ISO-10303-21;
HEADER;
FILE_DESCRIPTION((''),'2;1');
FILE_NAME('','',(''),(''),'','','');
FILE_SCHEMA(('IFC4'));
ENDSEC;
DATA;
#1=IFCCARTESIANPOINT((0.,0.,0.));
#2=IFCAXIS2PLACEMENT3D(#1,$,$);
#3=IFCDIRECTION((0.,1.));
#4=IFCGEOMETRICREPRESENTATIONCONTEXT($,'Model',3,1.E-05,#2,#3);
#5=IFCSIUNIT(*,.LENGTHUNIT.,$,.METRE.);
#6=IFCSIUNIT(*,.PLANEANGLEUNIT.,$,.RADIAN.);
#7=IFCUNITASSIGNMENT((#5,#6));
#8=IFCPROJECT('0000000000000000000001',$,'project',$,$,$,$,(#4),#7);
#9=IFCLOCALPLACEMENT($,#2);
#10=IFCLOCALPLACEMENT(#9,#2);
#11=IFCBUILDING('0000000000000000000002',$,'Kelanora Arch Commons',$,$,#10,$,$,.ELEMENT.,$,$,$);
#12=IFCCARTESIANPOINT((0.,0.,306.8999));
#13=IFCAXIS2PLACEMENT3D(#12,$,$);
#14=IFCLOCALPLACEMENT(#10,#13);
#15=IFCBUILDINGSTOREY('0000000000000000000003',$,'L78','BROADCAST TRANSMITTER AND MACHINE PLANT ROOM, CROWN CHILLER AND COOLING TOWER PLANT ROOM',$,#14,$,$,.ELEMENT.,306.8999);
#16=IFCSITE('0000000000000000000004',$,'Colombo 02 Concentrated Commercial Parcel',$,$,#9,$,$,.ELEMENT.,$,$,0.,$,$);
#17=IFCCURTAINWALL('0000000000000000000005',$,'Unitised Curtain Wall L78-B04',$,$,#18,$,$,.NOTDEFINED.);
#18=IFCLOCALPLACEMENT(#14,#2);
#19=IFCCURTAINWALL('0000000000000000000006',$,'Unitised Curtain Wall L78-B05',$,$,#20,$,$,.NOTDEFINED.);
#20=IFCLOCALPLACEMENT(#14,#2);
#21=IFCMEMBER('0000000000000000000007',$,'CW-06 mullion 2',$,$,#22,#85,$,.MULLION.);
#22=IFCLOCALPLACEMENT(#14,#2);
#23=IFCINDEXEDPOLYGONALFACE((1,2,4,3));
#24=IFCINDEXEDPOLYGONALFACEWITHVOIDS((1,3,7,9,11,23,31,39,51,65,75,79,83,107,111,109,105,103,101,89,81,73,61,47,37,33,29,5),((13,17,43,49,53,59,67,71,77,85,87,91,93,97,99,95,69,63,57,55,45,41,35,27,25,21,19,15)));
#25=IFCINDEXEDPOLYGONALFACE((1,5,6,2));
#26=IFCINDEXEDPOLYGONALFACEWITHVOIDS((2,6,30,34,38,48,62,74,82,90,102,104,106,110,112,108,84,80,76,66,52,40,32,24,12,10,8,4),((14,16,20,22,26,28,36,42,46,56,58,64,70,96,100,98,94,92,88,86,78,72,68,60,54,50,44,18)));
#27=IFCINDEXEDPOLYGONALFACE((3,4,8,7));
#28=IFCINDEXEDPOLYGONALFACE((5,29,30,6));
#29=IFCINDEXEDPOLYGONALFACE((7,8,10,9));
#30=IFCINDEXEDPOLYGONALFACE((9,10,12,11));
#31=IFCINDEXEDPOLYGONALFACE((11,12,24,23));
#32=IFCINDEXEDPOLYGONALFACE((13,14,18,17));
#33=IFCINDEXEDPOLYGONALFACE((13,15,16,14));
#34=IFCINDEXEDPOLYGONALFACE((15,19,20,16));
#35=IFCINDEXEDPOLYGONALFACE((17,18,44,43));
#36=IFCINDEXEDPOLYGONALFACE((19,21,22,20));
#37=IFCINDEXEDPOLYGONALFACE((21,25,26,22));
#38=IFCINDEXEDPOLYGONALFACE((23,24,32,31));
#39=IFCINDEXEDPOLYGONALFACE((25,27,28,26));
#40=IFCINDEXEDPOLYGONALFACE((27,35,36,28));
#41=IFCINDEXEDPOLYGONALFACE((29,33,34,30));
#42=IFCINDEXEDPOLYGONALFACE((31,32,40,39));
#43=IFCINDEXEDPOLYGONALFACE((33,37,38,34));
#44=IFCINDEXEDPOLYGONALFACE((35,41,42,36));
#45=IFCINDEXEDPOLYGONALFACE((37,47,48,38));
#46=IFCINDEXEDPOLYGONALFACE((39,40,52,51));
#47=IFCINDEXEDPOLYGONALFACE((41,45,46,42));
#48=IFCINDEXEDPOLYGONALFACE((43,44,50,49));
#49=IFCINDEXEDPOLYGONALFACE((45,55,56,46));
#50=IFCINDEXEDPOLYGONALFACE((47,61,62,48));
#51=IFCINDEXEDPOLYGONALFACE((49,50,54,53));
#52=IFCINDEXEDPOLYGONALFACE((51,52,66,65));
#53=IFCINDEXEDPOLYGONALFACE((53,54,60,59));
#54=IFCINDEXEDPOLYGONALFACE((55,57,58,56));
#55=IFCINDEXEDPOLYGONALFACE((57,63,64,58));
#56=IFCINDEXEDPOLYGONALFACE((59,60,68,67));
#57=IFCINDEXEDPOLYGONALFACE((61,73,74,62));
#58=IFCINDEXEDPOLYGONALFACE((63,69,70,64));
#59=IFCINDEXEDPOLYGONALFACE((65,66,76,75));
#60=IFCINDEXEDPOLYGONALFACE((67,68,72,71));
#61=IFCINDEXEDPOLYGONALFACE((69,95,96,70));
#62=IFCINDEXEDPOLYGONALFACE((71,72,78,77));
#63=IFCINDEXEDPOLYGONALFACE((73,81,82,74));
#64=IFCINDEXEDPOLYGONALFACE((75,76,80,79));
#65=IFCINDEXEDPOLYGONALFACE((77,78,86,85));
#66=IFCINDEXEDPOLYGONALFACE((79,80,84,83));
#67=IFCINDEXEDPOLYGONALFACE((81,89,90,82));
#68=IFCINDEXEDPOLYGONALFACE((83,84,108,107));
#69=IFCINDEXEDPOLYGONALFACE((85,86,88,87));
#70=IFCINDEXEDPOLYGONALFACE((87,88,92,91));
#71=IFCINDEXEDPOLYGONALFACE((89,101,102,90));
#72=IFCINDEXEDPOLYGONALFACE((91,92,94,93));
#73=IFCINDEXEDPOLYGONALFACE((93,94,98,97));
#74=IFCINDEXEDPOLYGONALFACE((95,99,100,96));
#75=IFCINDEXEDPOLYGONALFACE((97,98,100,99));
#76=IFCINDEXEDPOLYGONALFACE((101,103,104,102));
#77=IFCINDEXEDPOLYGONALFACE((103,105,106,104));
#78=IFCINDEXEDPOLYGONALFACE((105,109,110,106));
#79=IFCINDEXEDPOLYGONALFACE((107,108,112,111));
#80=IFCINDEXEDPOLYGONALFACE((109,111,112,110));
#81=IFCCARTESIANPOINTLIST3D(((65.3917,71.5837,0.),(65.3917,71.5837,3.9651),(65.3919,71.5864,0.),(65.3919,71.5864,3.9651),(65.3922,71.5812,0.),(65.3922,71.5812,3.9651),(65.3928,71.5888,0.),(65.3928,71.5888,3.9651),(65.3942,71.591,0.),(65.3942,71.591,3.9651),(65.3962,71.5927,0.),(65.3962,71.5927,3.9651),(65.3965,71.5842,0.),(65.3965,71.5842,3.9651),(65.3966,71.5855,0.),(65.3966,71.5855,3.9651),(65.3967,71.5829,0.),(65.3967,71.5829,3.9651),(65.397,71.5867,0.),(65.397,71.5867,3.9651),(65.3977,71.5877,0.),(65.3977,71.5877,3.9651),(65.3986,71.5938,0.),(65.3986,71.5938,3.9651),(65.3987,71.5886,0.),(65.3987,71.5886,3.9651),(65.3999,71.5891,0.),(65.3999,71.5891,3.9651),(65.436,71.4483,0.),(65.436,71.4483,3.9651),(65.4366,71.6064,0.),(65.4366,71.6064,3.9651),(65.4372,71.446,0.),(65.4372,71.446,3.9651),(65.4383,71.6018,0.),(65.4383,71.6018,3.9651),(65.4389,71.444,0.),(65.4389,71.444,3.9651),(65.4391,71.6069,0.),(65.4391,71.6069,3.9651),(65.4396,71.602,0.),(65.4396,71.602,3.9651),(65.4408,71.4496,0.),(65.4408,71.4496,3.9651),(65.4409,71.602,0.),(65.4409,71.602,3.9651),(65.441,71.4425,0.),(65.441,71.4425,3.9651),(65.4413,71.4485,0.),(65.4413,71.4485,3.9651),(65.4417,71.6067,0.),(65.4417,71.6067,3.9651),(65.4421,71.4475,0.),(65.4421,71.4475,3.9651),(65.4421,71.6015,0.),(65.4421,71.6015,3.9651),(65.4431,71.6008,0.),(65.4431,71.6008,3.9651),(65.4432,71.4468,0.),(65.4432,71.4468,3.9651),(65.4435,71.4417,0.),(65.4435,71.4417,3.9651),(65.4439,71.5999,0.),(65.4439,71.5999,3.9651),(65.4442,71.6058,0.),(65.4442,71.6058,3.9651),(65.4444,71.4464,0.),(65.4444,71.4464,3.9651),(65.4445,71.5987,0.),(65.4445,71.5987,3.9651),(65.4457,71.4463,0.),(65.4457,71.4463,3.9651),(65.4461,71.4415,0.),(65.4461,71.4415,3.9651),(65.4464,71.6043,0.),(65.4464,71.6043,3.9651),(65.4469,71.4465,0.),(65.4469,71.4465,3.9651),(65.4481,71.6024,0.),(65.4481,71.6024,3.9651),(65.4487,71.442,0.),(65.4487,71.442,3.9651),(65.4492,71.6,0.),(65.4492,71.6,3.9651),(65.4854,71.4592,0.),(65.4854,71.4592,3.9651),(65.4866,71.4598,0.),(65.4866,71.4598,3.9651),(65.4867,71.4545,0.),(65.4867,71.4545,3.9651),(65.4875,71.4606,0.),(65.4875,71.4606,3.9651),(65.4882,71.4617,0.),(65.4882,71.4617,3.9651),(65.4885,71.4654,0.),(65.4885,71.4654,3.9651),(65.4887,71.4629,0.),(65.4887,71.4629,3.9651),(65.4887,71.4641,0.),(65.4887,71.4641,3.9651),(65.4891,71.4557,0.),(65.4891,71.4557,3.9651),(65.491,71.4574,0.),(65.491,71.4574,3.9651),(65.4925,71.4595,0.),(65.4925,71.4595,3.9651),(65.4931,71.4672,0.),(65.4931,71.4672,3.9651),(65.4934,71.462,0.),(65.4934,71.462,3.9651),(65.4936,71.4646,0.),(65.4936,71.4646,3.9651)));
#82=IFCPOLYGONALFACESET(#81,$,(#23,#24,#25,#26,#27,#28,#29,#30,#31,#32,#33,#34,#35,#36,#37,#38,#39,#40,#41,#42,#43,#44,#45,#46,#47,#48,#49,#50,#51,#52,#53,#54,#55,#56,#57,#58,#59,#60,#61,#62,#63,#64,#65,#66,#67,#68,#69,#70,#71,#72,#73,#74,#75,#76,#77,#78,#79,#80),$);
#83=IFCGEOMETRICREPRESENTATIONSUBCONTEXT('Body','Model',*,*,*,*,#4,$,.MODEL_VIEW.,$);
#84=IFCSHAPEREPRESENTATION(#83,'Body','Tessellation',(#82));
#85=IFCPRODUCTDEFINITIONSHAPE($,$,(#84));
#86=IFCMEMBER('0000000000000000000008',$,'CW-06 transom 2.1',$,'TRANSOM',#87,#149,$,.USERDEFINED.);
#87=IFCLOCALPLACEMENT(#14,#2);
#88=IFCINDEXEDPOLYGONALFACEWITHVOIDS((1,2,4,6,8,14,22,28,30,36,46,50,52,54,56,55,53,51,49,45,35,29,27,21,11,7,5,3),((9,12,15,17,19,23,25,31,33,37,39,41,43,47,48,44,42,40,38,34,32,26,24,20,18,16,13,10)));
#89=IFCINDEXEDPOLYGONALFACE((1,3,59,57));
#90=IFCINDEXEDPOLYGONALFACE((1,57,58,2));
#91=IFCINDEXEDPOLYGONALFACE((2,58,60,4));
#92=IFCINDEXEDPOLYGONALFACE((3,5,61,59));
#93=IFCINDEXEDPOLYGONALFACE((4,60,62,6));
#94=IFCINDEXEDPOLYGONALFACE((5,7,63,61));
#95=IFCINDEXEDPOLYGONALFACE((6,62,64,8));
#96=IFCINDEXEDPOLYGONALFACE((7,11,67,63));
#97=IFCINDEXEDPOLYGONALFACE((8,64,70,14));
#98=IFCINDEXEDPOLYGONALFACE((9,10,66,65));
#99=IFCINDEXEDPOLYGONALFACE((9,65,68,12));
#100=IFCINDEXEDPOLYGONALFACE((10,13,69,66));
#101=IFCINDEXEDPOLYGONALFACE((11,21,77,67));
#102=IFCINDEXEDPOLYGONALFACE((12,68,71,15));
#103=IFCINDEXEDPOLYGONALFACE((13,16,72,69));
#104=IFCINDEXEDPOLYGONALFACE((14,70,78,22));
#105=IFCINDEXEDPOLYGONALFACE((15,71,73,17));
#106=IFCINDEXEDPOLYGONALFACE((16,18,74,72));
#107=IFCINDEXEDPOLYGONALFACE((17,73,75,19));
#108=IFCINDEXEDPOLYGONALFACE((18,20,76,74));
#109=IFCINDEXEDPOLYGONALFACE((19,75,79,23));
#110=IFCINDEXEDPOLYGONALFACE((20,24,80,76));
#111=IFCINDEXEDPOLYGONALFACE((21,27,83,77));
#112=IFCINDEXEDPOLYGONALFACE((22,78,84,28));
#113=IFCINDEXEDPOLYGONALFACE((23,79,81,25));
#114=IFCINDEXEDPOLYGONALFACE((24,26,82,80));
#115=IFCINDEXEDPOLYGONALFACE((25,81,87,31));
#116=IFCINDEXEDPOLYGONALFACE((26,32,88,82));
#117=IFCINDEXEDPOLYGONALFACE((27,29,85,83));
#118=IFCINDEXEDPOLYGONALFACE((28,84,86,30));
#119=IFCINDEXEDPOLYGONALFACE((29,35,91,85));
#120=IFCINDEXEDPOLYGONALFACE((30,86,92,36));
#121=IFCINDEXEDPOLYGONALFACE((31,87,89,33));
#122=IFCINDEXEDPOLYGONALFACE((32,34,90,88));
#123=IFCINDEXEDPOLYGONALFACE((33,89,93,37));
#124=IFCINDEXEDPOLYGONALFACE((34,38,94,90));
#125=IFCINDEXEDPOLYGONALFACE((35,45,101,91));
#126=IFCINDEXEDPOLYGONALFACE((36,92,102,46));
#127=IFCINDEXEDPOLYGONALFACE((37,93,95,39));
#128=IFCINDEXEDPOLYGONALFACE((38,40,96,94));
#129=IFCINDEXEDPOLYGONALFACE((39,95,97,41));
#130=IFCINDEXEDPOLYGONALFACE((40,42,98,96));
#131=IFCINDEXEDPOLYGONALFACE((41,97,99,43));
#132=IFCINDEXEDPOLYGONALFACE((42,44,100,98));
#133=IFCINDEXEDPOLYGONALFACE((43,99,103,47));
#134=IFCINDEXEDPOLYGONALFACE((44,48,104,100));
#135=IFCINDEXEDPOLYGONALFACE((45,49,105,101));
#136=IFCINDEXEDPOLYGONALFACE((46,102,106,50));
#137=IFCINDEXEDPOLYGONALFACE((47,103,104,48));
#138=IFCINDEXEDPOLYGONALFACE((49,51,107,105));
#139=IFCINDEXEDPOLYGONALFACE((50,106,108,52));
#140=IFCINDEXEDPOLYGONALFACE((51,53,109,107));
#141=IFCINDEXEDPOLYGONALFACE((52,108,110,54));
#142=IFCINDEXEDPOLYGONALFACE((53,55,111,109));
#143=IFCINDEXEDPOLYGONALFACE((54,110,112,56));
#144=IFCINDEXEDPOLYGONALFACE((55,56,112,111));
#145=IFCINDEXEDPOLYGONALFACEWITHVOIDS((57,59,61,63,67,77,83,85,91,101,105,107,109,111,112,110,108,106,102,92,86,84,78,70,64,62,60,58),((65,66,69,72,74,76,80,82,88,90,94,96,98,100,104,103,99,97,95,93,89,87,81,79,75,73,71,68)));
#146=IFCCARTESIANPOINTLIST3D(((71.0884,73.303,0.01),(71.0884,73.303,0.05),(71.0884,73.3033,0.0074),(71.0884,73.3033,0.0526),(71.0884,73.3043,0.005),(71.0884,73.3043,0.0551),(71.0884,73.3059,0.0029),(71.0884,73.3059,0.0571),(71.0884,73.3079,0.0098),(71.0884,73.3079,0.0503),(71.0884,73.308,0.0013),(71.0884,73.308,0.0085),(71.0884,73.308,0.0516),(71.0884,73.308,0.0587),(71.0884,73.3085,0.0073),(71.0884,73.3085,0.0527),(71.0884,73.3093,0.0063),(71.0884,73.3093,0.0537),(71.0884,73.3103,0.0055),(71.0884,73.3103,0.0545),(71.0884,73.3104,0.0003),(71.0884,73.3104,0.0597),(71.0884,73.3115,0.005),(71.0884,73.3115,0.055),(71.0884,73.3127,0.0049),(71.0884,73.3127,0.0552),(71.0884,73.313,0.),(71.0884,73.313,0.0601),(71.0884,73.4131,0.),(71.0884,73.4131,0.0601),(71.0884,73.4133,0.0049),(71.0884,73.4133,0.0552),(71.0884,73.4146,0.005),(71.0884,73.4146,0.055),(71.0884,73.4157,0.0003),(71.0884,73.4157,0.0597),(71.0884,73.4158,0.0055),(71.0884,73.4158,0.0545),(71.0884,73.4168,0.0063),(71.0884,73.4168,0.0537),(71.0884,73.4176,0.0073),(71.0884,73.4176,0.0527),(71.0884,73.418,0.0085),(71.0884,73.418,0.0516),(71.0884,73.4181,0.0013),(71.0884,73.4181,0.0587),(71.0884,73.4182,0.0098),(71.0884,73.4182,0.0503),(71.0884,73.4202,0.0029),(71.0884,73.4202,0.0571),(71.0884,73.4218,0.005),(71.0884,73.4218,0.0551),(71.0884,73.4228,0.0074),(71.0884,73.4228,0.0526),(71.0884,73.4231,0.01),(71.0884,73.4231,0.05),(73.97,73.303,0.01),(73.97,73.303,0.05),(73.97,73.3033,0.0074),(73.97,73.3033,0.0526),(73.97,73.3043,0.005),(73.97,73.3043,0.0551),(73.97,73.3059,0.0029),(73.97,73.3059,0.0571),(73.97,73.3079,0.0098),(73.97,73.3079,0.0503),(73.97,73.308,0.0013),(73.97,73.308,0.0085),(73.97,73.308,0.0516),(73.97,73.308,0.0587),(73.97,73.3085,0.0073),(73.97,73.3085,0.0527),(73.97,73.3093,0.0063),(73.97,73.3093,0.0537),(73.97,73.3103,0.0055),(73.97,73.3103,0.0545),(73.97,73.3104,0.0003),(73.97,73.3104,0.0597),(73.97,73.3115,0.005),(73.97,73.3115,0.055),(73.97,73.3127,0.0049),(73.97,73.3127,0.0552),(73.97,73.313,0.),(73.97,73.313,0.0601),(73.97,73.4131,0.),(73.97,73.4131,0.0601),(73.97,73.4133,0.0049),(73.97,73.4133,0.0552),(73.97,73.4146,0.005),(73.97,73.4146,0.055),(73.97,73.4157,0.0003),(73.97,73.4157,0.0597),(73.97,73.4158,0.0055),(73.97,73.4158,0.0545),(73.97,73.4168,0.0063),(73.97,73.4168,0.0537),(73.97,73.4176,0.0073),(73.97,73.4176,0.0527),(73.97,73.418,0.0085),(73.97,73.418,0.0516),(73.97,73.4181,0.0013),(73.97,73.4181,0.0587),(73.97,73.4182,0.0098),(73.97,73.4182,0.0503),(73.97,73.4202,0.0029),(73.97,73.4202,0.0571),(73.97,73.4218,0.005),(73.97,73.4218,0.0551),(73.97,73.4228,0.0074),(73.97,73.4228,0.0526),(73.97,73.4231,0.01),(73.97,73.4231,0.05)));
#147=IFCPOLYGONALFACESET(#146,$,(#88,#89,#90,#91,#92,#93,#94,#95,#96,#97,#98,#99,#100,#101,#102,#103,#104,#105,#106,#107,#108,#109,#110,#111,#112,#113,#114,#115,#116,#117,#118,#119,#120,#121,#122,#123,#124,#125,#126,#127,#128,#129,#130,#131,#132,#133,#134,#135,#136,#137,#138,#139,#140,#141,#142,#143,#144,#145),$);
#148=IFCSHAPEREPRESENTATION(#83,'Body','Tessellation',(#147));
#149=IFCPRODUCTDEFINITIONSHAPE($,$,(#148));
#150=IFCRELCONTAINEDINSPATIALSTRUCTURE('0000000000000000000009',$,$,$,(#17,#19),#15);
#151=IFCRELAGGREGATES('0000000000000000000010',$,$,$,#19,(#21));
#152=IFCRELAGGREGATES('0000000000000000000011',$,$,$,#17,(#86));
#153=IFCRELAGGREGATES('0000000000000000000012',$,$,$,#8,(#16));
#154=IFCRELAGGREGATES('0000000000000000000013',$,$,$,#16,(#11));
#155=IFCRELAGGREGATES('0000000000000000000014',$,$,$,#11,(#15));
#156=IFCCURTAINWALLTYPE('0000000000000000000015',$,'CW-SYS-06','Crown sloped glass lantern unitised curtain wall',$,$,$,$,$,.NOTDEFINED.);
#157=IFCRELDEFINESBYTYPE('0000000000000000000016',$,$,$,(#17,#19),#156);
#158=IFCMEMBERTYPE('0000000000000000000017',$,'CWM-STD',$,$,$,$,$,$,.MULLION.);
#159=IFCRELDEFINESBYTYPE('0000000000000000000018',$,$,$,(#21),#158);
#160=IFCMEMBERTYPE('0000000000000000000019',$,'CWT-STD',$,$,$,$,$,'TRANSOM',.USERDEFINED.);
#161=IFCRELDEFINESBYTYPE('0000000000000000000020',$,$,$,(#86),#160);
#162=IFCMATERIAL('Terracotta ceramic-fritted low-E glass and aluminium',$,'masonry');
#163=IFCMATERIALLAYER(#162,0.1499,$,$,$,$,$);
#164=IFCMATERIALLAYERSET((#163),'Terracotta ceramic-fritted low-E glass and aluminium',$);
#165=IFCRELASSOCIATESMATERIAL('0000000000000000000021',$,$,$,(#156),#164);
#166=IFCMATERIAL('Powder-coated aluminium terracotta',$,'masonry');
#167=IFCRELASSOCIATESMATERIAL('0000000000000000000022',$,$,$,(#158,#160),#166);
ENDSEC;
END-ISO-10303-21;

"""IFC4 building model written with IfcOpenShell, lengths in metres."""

from ifc_helpers import new_model, si_unit, direction, frame, origin, origin_2d, place, context, subcontext, project, spatial, hollow_rectangle, extrude, material, layer, layer_set, material_profile, profile_set, type_object, element, aggregate, save


model = new_model("IFC4")

# Units and contexts
model_context = context("Model", 3, precision=1e-05, world=origin(), true_north=direction((0.0, 1.0)))
body_context = subcontext(model_context, "Body", "Model", "MODEL_VIEW")
ifc_project = project(units=[si_unit("LENGTHUNIT", "METRE"), si_unit("PLANEANGLEUNIT", "RADIAN")], contexts=[model_context])

# Site, building, storey
site_placement = place(None, origin())
site = spatial("IfcSite", under=ifc_project, at=site_placement, Name="Colombo 02 Concentrated Commercial Parcel", CompositionType="ELEMENT", RefElevation=0.0)
building_placement = place(site_placement, origin())
building = spatial("IfcBuilding", under=site, at=building_placement, Name="Kelanora Arch Commons", CompositionType="ELEMENT")
storey_placement = place(building_placement, frame((0.0, 0.0, 306.8999)))
storey = spatial("IfcBuildingStorey", under=building, at=storey_placement, Name="L78", Description="BROADCAST TRANSMITTER AND MACHINE PLANT ROOM, CROWN CHILLER AND COOLING TOWER PLANT ROOM", CompositionType="ELEMENT", Elevation=306.8999)

# Curtain wall
ifc_material_1 = material(Name="Terracotta ceramic-fritted low-E glass and aluminium", Category="masonry")
ifc_layer_1 = layer(ifc_material_1, 0.1499)
ifc_layer_set_1 = layer_set([ifc_layer_1], Name="Terracotta ceramic-fritted low-E glass and aluminium")
curtain_wall_type = type_object("IfcCurtainWallType", Name="CW-SYS-06", Description="Crown sloped glass lantern unitised curtain wall", PredefinedType="NOTDEFINED", material=ifc_layer_set_1)
curtain_wall_1_placement = place(storey_placement, origin())
curtain_wall_1 = element("IfcCurtainWall", 1, at=curtain_wall_1_placement, inside=storey, type_object=curtain_wall_type, Name="Unitised Curtain Wall L78-B04", PredefinedType="NOTDEFINED")
ifc_material_2 = material(Name="Powder-coated aluminium terracotta", Category="masonry")
ifc_material_profile_1 = material_profile(ifc_material_2, hollow_rectangle(XDim=0.1599, YDim=0.0601, WallThickness=0.0049, InnerFilletRadius=0.0049, OuterFilletRadius=0.01, at=origin_2d()), Name="CWM160x60")
ifc_profile_set_1 = profile_set([ifc_material_profile_1], Name="Powder-coated aluminium terracotta")
member_type_1 = type_object("IfcMemberType", Name="CWM-STD", PredefinedType="MULLION", material=ifc_profile_set_1)

# Curtain wall, member
curtain_wall_2_placement = place(storey_placement, origin())
curtain_wall_2 = element("IfcCurtainWall", 2, at=curtain_wall_2_placement, inside=storey, type_object=curtain_wall_type, Name="Unitised Curtain Wall L78-B05", PredefinedType="NOTDEFINED")
member_1_placement = place(storey_placement, frame((65.4426, 71.5242, 0.0), z_axis=(0.0, 0.0, 1.0), x_axis=(0.313467, -0.949599, 0.0)))
member_1 = element("IfcMember", 3, at=member_1_placement, type_object=member_type_1, Name="CW-06 mullion 2", PredefinedType="MULLION", context=body_context, shape_type="SweptSolid", body=[
    extrude(hollow_rectangle(XDim=0.1599, YDim=0.0601, WallThickness=0.0049, InnerFilletRadius=0.0049, OuterFilletRadius=0.01, at=origin_2d()), origin(), (0.0, 0.0, 1.0), 3.9651),
])

# Member
ifc_material_profile_2 = material_profile(ifc_material_2, hollow_rectangle(XDim=0.1201, YDim=0.0601, WallThickness=0.0049, InnerFilletRadius=0.0049, OuterFilletRadius=0.01, at=origin_2d()), Name="CWT120x60")
ifc_profile_set_2 = profile_set([ifc_material_profile_2], Name="Powder-coated aluminium terracotta")
member_type_2 = type_object("IfcMemberType", Name="CWT-STD", ElementType="TRANSOM", PredefinedType="USERDEFINED", material=ifc_profile_set_2)
member_2_placement = place(storey_placement, frame((73.97, 73.363, 0.03), z_axis=(-1.0, 0.0, 0.0), x_axis=(0.0, -1.0, 0.0)))
member_2 = element("IfcMember", 4, at=member_2_placement, type_object=member_type_2, Name="CW-06 transom 2.1", ObjectType="TRANSOM", PredefinedType="USERDEFINED", context=body_context, shape_type="SweptSolid", body=[
    extrude(hollow_rectangle(XDim=0.1201, YDim=0.0601, WallThickness=0.0049, InnerFilletRadius=0.0049, OuterFilletRadius=0.01, at=origin_2d()), origin(), (0.0, 0.0, 1.0), 2.8816),
])

aggregate(curtain_wall_2, [member_1])
aggregate(curtain_wall_1, [member_2])

save(model, "model.ifc")
